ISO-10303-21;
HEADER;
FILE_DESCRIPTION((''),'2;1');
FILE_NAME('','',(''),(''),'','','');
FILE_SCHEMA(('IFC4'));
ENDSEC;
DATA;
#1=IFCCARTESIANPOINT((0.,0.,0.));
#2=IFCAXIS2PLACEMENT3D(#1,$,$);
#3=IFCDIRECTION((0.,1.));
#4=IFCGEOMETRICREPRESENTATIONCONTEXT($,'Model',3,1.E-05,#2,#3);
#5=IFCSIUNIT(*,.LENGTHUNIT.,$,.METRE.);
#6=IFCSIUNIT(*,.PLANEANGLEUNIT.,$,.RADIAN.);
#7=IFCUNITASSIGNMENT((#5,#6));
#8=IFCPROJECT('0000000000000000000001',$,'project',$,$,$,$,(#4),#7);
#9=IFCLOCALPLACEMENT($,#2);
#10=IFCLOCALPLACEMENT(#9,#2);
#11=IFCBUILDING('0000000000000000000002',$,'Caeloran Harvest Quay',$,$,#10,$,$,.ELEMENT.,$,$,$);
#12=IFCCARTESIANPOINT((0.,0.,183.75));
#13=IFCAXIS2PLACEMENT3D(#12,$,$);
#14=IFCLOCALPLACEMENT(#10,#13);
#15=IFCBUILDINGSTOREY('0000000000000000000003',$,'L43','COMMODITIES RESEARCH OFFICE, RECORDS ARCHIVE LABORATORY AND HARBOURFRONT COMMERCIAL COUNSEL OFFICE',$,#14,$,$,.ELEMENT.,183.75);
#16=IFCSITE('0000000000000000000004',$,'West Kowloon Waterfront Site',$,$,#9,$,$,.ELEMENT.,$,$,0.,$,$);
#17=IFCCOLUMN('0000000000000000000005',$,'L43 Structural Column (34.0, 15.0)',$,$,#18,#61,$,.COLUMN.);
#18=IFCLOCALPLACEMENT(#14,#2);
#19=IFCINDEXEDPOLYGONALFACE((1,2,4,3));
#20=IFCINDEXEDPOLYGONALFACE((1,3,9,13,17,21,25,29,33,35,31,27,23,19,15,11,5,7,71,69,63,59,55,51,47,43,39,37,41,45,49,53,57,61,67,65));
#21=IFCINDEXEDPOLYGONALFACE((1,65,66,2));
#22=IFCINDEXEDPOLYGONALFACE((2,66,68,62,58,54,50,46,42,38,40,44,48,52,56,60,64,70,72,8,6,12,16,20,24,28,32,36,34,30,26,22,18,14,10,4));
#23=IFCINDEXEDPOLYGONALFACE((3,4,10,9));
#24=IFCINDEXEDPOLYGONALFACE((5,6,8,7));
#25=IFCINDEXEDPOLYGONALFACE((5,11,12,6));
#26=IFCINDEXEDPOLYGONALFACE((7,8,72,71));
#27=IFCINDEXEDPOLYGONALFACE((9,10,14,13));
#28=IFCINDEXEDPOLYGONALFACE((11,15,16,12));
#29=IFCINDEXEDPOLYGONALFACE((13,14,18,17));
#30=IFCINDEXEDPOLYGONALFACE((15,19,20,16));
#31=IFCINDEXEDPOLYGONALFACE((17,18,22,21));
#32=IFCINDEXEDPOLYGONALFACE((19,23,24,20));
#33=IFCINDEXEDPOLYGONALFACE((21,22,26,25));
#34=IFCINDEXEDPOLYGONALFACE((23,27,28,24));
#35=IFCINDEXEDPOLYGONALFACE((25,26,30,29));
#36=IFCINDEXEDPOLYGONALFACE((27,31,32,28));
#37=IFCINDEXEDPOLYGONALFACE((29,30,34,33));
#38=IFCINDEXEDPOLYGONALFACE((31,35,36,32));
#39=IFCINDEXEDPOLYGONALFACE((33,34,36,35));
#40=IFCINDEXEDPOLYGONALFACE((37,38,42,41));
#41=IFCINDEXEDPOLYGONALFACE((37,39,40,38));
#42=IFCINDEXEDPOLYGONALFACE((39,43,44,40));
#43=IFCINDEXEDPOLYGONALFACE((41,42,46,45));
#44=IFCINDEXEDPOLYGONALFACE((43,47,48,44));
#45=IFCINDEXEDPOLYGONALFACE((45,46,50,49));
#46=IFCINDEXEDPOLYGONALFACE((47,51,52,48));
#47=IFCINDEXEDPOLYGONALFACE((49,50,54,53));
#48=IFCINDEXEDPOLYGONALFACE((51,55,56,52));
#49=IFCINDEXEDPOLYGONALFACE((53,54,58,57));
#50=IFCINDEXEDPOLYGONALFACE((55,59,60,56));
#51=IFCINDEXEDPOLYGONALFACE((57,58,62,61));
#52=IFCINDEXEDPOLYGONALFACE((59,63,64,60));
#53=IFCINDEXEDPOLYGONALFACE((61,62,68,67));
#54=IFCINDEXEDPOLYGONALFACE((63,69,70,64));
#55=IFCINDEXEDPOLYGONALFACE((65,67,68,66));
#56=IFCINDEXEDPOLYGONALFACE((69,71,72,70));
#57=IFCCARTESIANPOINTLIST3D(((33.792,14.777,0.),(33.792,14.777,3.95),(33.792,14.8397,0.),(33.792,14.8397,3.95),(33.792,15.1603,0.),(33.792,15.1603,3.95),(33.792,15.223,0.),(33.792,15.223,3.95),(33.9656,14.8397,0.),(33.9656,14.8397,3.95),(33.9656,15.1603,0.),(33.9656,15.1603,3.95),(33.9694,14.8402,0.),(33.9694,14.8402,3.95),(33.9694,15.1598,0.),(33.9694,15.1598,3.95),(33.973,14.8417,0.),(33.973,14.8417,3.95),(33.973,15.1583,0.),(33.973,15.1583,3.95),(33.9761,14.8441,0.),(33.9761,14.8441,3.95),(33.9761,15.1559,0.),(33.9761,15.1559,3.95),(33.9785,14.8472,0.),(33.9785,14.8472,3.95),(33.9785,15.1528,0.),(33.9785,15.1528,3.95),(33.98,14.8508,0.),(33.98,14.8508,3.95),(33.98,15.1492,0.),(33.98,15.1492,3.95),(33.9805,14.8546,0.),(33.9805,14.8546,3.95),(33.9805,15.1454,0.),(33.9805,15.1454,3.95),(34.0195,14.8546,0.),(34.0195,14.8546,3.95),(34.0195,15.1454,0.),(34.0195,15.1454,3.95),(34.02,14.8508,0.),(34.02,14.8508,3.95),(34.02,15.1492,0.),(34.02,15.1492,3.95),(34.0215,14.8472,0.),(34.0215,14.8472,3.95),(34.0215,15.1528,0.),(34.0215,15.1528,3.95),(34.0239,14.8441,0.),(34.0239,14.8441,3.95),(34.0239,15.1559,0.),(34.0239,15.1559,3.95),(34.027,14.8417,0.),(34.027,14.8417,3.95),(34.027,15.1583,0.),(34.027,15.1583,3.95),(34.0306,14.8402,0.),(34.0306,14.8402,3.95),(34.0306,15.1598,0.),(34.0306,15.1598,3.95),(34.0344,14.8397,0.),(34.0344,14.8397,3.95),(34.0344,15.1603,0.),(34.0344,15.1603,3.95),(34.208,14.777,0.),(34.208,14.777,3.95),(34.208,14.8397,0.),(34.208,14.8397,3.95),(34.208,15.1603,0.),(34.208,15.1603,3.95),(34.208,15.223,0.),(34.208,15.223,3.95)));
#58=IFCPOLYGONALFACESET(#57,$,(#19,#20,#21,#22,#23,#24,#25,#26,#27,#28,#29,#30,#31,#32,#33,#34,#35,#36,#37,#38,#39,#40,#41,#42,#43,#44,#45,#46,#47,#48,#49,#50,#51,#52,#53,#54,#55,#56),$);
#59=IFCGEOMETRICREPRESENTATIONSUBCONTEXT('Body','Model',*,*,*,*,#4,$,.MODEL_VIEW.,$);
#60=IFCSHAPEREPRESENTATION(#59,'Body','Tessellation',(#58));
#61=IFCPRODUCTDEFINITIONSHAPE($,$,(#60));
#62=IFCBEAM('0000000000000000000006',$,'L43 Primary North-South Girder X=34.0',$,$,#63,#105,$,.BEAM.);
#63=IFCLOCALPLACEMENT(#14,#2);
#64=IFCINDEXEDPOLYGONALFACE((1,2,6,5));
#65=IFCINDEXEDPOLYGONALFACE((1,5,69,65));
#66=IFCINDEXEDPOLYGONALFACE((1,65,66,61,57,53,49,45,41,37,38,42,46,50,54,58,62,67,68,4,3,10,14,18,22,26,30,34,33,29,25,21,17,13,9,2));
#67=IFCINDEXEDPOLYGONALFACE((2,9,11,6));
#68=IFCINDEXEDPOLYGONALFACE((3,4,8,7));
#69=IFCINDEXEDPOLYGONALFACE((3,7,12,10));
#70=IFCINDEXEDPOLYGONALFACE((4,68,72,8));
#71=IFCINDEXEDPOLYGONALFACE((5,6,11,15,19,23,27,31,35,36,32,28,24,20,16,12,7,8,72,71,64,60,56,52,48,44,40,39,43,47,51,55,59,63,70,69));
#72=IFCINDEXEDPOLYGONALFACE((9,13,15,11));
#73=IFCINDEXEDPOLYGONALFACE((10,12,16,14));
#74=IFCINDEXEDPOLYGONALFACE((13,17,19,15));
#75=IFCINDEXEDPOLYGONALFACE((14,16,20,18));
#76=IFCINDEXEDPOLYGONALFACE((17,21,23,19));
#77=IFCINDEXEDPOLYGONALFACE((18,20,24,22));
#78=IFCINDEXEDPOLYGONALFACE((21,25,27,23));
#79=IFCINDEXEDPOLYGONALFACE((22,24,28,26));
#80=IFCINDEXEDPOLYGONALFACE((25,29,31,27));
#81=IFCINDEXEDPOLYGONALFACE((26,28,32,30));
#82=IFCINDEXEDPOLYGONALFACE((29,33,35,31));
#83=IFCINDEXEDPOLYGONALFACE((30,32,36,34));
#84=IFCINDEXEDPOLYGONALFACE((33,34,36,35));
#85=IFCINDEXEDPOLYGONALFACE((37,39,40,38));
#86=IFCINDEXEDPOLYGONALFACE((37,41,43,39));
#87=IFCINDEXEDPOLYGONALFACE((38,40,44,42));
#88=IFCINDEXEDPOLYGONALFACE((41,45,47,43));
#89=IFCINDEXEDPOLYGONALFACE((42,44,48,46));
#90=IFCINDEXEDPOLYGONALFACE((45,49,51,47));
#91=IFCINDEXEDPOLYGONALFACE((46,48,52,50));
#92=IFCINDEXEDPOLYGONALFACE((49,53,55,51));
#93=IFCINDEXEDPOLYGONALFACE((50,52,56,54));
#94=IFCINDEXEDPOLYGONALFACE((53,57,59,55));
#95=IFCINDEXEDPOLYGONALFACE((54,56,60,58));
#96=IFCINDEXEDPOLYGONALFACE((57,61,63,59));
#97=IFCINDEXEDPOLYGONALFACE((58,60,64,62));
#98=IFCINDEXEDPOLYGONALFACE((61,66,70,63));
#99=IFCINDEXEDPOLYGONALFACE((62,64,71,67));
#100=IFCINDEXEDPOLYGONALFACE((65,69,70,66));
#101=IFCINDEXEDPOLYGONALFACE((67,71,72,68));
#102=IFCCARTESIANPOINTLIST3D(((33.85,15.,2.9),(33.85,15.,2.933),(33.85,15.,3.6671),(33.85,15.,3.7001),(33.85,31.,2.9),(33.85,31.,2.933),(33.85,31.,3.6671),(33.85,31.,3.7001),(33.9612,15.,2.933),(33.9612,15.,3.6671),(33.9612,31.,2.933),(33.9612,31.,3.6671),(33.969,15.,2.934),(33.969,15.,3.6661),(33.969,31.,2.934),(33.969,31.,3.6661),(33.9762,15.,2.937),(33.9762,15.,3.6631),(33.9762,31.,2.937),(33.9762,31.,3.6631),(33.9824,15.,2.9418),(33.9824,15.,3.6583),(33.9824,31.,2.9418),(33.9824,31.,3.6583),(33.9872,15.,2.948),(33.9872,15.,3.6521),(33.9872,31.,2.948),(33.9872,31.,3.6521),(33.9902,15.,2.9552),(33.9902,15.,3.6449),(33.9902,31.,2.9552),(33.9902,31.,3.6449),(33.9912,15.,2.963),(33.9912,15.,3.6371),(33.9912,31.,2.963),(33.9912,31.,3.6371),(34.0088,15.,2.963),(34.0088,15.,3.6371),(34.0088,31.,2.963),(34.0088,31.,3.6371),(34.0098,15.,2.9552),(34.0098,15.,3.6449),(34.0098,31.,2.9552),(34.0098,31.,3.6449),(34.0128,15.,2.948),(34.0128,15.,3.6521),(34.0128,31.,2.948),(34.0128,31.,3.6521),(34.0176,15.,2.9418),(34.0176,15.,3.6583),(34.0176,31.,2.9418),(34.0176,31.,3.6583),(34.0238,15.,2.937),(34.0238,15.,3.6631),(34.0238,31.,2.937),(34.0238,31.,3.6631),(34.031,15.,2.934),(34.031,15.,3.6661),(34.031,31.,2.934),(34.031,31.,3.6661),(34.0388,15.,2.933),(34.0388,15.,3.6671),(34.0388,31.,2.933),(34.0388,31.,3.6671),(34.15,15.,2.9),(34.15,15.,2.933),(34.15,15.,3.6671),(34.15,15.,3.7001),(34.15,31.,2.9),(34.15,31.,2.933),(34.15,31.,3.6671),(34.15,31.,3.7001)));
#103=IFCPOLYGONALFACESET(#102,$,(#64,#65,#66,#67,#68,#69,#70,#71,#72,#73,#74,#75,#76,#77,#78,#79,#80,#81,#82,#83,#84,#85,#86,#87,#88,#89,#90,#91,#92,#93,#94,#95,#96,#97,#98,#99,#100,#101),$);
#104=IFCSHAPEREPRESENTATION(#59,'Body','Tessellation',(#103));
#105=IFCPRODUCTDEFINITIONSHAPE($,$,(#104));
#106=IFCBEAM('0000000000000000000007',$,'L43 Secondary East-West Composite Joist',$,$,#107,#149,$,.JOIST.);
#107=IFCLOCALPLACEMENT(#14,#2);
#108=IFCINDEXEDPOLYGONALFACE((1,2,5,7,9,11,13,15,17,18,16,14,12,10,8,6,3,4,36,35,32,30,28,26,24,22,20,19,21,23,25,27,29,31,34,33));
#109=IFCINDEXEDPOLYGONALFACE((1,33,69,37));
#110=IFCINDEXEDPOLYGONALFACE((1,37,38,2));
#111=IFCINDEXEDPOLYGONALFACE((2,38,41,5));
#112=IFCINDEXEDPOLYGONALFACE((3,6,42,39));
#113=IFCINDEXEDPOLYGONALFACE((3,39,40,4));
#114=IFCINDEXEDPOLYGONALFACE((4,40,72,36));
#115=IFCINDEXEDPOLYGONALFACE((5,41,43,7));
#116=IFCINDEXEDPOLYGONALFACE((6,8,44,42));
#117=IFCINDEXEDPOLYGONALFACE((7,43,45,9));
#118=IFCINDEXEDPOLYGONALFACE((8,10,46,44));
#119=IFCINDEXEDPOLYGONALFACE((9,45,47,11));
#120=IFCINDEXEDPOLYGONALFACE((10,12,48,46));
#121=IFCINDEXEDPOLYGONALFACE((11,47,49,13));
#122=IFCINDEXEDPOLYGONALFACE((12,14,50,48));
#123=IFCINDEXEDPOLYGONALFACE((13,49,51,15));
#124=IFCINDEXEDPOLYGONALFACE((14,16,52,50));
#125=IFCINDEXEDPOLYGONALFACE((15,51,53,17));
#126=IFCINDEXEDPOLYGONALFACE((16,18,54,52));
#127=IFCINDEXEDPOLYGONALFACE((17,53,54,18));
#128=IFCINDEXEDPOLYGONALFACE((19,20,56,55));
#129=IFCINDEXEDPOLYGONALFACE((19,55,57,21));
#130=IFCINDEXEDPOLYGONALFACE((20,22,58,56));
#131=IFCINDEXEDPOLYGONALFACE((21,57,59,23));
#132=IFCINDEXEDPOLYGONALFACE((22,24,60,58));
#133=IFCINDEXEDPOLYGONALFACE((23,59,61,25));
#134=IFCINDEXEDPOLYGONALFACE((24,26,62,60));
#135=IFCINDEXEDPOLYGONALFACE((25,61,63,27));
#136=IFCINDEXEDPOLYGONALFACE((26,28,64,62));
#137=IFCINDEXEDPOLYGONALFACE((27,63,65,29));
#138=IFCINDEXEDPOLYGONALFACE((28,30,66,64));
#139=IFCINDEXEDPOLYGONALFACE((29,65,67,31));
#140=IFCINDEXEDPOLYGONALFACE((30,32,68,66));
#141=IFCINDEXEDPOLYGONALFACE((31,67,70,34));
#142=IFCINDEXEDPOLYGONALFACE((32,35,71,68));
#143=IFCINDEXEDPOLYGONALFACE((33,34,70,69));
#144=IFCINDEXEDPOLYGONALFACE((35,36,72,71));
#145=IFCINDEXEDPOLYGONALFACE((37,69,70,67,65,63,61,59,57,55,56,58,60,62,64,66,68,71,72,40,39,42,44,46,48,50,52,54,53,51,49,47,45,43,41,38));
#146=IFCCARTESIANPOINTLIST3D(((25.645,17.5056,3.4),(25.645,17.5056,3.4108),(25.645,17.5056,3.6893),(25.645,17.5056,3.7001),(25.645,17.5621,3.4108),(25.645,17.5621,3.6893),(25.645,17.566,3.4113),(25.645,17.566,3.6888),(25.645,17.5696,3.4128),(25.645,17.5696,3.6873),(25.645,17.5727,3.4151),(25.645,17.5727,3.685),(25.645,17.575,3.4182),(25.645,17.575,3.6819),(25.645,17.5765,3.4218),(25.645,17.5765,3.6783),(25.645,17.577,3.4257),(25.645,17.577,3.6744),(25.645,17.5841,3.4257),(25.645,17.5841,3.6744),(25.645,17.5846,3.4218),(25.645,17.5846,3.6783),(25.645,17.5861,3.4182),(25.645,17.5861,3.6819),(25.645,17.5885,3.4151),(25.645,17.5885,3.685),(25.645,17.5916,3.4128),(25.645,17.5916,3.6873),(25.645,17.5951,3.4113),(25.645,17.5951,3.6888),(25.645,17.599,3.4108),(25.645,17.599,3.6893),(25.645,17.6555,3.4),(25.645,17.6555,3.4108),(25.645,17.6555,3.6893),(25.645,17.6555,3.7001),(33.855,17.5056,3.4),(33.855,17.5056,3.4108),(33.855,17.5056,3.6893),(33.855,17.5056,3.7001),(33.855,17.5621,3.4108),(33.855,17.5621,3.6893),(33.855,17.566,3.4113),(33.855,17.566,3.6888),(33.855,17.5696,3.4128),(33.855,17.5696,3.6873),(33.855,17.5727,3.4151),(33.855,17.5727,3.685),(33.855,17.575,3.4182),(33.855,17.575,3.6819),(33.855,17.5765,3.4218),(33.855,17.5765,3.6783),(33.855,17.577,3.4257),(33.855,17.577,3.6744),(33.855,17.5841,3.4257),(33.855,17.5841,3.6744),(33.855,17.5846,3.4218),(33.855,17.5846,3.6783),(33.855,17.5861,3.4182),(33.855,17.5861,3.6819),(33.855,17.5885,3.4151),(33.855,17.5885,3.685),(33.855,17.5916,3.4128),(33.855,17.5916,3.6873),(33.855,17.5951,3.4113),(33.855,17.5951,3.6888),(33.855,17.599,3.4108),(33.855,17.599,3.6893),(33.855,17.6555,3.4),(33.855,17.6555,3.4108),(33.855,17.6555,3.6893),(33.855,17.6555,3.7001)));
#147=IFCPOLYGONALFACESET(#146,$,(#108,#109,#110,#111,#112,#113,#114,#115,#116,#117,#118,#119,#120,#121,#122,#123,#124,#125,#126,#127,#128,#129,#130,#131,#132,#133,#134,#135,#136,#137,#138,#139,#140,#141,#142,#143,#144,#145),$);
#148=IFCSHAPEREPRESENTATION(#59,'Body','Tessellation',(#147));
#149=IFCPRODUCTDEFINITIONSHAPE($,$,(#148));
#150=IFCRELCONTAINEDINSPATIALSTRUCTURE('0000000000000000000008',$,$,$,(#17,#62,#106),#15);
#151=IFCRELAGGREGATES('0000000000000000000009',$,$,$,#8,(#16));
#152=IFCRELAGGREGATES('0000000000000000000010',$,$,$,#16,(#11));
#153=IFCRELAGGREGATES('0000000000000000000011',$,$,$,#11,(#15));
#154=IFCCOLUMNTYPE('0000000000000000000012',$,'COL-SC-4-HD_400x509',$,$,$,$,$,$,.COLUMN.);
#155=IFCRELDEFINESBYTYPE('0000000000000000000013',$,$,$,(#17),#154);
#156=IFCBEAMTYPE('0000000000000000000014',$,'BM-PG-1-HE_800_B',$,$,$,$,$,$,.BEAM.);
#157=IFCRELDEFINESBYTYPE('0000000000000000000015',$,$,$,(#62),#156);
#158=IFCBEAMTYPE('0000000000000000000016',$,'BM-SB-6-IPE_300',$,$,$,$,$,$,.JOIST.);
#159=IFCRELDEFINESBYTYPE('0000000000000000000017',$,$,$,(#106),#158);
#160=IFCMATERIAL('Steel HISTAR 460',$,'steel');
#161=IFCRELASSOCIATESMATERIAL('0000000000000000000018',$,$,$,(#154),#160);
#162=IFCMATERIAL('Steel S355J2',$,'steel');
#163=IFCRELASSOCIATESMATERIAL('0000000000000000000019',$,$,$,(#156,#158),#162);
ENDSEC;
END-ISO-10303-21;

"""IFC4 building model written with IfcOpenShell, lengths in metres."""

from ifc_helpers import new_model, si_unit, direction, frame, origin, origin_2d, place, context, subcontext, project, spatial, i_section, extrude, material, material_profile, profile_set, type_object, element, save


model = new_model("IFC4")

# Units and contexts
model_context = context("Model", 3, precision=1e-05, world=origin(), true_north=direction((0.0, 1.0)))
body_context = subcontext(model_context, "Body", "Model", "MODEL_VIEW")
ifc_project = project(units=[si_unit("LENGTHUNIT", "METRE"), si_unit("PLANEANGLEUNIT", "RADIAN")], contexts=[model_context])

# Site, building, storey
site_placement = place(None, origin())
site = spatial("IfcSite", under=ifc_project, at=site_placement, Name="West Kowloon Waterfront Site", CompositionType="ELEMENT", RefElevation=0.0)
building_placement = place(site_placement, origin())
building = spatial("IfcBuilding", under=site, at=building_placement, Name="Caeloran Harvest Quay", CompositionType="ELEMENT")
storey_placement = place(building_placement, frame((0.0, 0.0, 183.75)))
storey = spatial("IfcBuildingStorey", under=building, at=storey_placement, Name="L43", Description="COMMODITIES RESEARCH OFFICE, RECORDS ARCHIVE LABORATORY AND HARBOURFRONT COMMERCIAL COUNSEL OFFICE", CompositionType="ELEMENT", Elevation=183.75)

# Column
ifc_material_1 = material(Name="Steel HISTAR 460", Category="steel")
ifc_material_profile_1 = material_profile(ifc_material_1, i_section(OverallWidth=0.416, OverallDepth=0.446, WebThickness=0.0391, FlangeThickness=0.0627, FilletRadius=0.0149, at=origin_2d()), Name="HD 400x509")
ifc_profile_set_1 = profile_set([ifc_material_profile_1], Name="Steel HISTAR 460")
column_type = type_object("IfcColumnType", Name="COL-SC-4-HD_400x509", PredefinedType="COLUMN", material=ifc_profile_set_1)
column_placement = place(storey_placement, frame((34.0, 15.0, 0.0), z_axis=(0.0, 0.0, 1.0), x_axis=(1.0, 0.0, 0.0)))
element("IfcColumn", 1, at=column_placement, inside=storey, type_object=column_type, Name="L43 Structural Column (34.0, 15.0)", PredefinedType="COLUMN", context=body_context, shape_type="SweptSolid", body=[
    extrude(i_section(OverallWidth=0.416, OverallDepth=0.446, WebThickness=0.0391, FlangeThickness=0.0627, FilletRadius=0.0149, at=origin_2d()), origin(), (0.0, 0.0, 1.0), 3.95),
])

# Beams
ifc_material_2 = material(Name="Steel S355J2", Category="steel")
ifc_material_profile_2 = material_profile(ifc_material_2, i_section(OverallWidth=0.3, OverallDepth=0.8, WebThickness=0.0176, FlangeThickness=0.033, FilletRadius=0.03, at=origin_2d()), Name="HE 800 B")
ifc_profile_set_2 = profile_set([ifc_material_profile_2], Name="Steel S355J2")
beam_type_1 = type_object("IfcBeamType", Name="BM-PG-1-HE_800_B", PredefinedType="BEAM", material=ifc_profile_set_2)
beam_1_placement = place(storey_placement, frame((34.0, 15.0, 3.3), z_axis=(0.0, 1.0, 0.0), x_axis=(-1.0, 0.0, 0.0)))
element("IfcBeam", 2, at=beam_1_placement, inside=storey, type_object=beam_type_1, Name="L43 Primary North-South Girder X=34.0", PredefinedType="BEAM", context=body_context, shape_type="SweptSolid", body=[
    extrude(i_section(OverallWidth=0.3, OverallDepth=0.8, WebThickness=0.0176, FlangeThickness=0.033, FilletRadius=0.03, at=origin_2d()), origin(), (0.0, 0.0, 1.0), 16.0),
])
ifc_material_profile_3 = material_profile(ifc_material_2, i_section(OverallWidth=0.1499, OverallDepth=0.3, WebThickness=0.0071, FlangeThickness=0.0107, FilletRadius=0.0149, at=origin_2d()), Name="IPE 300")
ifc_profile_set_3 = profile_set([ifc_material_profile_3], Name="Steel S355J2")
beam_type_2 = type_object("IfcBeamType", Name="BM-SB-6-IPE_300", PredefinedType="JOIST", material=ifc_profile_set_3)
beam_2_placement = place(storey_placement, frame((25.645, 17.5806, 3.55), z_axis=(1.0, 0.0, 0.0), x_axis=(0.0, 1.0, 0.0)))
element("IfcBeam", 3, at=beam_2_placement, inside=storey, type_object=beam_type_2, Name="L43 Secondary East-West Composite Joist", PredefinedType="JOIST", context=body_context, shape_type="SweptSolid", body=[
    extrude(i_section(OverallWidth=0.1499, OverallDepth=0.3, WebThickness=0.0071, FlangeThickness=0.0107, FilletRadius=0.0149, at=origin_2d()), origin(), (0.0, 0.0, 1.0), 8.21),
])

save(model, "model.ifc")
